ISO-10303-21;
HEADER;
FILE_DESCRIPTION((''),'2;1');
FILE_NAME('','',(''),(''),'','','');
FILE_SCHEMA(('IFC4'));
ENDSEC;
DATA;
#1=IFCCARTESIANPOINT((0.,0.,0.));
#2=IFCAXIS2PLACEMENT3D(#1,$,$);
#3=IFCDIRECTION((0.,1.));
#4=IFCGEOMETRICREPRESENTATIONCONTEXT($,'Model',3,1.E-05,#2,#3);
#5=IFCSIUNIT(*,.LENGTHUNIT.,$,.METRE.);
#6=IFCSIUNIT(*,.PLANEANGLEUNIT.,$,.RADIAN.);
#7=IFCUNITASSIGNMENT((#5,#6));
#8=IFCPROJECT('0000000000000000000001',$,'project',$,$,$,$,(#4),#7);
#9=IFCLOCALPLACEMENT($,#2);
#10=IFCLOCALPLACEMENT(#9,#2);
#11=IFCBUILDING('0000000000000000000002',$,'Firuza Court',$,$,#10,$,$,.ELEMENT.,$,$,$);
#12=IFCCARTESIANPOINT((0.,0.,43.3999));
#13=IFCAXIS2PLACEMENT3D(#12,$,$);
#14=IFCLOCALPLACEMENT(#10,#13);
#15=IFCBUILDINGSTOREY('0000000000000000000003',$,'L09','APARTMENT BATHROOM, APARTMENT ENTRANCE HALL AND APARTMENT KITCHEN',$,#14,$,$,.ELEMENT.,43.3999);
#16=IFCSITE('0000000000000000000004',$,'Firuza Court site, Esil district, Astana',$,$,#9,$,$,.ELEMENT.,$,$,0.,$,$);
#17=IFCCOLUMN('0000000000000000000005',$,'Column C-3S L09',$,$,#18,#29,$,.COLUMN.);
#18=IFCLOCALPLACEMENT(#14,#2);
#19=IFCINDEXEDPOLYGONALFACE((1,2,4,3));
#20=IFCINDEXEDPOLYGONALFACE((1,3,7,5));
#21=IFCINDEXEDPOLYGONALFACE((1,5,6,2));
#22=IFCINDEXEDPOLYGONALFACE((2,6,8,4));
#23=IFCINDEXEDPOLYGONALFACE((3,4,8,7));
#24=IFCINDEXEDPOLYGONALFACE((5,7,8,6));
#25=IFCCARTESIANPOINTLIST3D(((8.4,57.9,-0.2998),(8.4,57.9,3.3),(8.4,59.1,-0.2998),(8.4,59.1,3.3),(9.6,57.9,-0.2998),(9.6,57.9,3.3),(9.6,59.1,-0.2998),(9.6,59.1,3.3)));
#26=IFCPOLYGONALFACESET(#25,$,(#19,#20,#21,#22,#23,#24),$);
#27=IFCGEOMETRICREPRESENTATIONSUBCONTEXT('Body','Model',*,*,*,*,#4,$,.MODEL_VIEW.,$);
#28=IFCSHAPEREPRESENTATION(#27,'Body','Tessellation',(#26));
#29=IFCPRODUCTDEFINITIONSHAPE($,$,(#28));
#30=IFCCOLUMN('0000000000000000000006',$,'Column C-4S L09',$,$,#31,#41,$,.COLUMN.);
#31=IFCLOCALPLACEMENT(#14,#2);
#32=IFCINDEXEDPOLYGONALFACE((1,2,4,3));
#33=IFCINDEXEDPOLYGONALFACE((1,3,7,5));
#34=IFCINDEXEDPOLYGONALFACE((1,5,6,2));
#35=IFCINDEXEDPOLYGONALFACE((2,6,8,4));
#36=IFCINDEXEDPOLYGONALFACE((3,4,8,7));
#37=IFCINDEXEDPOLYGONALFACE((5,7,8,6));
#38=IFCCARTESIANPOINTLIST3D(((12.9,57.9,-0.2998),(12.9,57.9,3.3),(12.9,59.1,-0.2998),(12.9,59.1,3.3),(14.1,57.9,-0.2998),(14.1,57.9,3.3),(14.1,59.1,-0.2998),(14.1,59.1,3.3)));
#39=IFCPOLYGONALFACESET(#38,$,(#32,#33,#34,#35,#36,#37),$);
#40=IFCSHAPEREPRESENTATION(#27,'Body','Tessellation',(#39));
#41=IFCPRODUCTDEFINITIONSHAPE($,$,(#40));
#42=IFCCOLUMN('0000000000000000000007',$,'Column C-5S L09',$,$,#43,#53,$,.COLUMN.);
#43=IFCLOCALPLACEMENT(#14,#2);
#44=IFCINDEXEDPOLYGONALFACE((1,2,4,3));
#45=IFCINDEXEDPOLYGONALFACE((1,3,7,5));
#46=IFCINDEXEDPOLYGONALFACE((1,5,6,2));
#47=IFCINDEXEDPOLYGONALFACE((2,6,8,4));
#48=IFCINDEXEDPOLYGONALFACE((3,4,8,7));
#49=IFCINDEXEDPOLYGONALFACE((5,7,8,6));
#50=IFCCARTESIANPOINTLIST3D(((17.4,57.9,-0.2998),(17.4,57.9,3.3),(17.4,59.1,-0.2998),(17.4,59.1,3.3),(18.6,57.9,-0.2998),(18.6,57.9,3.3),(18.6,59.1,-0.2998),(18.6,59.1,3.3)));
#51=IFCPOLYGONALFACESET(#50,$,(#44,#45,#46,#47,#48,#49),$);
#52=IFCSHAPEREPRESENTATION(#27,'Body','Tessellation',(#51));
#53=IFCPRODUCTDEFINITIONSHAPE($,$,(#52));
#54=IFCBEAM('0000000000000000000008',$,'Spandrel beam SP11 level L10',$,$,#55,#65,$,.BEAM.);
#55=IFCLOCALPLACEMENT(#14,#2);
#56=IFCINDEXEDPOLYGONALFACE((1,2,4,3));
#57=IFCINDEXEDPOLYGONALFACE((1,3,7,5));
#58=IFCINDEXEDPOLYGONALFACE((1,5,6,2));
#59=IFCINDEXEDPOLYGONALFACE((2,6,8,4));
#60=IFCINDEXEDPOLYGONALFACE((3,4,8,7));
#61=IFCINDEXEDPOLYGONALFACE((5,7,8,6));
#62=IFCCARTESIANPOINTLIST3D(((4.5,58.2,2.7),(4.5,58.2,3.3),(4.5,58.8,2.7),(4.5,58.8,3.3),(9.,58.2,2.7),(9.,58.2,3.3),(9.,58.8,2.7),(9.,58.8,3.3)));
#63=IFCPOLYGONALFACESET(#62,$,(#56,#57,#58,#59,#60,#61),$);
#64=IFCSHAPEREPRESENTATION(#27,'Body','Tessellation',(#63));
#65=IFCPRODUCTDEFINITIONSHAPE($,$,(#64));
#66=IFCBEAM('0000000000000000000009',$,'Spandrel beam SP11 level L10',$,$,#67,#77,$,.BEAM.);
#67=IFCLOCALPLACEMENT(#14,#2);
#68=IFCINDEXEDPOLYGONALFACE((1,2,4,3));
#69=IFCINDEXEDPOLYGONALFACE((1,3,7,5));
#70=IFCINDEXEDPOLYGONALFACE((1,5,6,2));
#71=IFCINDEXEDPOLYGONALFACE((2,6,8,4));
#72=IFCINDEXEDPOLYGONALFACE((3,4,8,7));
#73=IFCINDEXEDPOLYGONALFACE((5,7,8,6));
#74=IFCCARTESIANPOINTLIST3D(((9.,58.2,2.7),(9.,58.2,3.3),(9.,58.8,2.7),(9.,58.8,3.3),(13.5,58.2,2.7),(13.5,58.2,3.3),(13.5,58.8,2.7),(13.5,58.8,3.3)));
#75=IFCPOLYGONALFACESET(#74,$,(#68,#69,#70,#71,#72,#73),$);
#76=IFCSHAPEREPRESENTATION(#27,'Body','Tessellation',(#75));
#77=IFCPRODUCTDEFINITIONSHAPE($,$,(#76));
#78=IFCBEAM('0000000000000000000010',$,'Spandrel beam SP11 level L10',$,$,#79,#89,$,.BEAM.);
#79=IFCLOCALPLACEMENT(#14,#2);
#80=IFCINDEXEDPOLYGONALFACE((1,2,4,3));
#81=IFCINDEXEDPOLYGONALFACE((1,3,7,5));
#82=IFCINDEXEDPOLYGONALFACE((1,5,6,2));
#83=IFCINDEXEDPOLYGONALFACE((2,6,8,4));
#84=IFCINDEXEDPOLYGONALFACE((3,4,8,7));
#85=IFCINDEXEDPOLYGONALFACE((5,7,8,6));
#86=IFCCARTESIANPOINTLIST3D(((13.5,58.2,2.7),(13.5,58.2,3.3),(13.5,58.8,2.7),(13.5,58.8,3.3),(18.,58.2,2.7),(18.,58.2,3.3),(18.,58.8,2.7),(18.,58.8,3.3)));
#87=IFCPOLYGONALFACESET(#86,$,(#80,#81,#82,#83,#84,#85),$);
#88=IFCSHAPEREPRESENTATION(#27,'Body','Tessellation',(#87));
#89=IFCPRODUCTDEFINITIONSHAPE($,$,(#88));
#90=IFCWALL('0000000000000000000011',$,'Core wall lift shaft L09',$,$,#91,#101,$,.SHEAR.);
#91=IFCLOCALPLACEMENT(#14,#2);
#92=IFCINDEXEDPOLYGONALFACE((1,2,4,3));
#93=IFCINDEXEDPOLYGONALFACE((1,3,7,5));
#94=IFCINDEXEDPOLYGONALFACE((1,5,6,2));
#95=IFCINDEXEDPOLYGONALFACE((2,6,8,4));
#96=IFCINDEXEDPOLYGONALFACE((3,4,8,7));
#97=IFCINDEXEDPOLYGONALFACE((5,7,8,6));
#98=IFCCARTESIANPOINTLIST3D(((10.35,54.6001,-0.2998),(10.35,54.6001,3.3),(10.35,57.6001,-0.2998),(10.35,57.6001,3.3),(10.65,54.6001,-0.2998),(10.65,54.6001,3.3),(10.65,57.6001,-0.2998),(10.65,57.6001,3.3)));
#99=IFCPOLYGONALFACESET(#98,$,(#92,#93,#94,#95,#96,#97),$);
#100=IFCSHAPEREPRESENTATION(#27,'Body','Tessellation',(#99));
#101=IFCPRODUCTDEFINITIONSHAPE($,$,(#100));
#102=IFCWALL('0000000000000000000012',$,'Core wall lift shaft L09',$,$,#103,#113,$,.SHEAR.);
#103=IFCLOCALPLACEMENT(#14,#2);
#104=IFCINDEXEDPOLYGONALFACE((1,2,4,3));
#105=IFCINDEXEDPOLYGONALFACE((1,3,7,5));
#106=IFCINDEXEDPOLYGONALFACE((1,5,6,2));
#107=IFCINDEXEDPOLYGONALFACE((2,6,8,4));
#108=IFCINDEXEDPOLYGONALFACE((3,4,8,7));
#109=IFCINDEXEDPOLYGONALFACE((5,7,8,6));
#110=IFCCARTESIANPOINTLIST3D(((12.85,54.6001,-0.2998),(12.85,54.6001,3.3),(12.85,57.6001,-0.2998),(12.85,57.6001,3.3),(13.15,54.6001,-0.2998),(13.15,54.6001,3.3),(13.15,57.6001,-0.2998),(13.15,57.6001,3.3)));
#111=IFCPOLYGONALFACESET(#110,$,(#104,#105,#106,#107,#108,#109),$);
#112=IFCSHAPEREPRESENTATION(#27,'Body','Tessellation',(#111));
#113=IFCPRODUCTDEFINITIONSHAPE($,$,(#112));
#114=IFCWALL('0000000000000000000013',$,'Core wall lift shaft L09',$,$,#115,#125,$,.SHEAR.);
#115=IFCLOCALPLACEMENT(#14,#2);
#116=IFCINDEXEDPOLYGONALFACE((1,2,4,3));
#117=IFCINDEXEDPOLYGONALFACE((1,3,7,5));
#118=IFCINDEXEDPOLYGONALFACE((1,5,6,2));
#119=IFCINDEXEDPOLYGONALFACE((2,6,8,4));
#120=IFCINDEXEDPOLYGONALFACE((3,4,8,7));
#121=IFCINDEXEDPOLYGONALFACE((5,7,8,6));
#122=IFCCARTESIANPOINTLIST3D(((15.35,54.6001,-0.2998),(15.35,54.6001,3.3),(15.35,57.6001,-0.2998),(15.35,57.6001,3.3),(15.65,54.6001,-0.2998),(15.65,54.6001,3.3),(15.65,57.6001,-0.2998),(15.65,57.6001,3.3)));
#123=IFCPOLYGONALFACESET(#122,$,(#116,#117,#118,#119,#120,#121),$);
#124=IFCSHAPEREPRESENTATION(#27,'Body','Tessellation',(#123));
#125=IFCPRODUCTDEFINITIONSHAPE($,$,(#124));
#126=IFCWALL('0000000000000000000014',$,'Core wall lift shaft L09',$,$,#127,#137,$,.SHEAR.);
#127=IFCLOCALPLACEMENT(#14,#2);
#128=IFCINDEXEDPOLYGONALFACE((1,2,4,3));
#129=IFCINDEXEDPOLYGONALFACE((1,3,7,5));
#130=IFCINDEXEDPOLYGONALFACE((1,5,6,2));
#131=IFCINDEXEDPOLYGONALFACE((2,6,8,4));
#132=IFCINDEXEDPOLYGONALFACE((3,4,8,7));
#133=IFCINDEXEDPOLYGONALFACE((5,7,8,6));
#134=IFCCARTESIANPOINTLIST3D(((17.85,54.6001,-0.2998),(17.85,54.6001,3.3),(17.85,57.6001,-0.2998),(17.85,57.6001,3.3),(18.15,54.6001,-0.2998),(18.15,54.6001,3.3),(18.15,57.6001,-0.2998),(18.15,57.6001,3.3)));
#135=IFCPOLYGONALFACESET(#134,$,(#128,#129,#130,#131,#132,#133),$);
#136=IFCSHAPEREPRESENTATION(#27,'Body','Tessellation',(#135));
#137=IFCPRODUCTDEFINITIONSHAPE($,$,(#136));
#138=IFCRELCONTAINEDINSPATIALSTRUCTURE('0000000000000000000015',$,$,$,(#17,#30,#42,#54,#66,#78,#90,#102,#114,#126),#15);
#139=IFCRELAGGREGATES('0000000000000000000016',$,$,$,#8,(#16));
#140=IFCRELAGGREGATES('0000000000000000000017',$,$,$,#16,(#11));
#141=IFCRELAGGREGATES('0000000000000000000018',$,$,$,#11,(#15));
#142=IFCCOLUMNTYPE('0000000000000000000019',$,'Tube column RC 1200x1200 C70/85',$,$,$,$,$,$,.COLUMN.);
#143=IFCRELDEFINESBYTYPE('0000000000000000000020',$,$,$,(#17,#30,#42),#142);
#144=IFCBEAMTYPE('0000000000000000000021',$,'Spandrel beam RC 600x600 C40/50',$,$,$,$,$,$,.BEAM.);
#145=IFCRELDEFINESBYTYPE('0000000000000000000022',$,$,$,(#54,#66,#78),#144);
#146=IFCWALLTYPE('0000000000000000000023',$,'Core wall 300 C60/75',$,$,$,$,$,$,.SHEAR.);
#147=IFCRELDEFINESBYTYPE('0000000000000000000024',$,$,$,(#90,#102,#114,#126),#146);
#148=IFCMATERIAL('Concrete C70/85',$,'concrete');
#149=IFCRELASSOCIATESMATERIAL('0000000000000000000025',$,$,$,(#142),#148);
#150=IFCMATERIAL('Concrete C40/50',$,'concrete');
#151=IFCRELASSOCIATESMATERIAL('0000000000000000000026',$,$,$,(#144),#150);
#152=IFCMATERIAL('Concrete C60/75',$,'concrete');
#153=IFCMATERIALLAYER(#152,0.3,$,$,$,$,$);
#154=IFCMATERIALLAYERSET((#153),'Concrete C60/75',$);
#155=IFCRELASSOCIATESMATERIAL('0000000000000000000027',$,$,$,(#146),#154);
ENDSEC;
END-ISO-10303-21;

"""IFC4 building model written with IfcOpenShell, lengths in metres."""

from ifc_helpers import new_model, si_unit, direction, frame, frame_2d, origin, origin_2d, place, context, subcontext, project, spatial, rectangle, extrude, material, layer, layer_set, material_profile, profile_set, type_object, element, save


model = new_model("IFC4")

# Units and contexts
model_context = context("Model", 3, precision=1e-05, world=origin(), true_north=direction((0.0, 1.0)))
body_context = subcontext(model_context, "Body", "Model", "MODEL_VIEW")
ifc_project = project(units=[si_unit("LENGTHUNIT", "METRE"), si_unit("PLANEANGLEUNIT", "RADIAN")], contexts=[model_context])

# Site, building, storey
site_placement = place(None, origin())
site = spatial("IfcSite", under=ifc_project, at=site_placement, Name="Firuza Court site, Esil district, Astana", CompositionType="ELEMENT", RefElevation=0.0)
building_placement = place(site_placement, origin())
building = spatial("IfcBuilding", under=site, at=building_placement, Name="Firuza Court", CompositionType="ELEMENT")
storey_placement = place(building_placement, frame((0.0, 0.0, 43.3999)))
storey = spatial("IfcBuildingStorey", under=building, at=storey_placement, Name="L09", Description="APARTMENT BATHROOM, APARTMENT ENTRANCE HALL AND APARTMENT KITCHEN", CompositionType="ELEMENT", Elevation=43.3999)

# Columns
ifc_material_1 = material(Name="Concrete C70/85", Category="concrete")
ifc_material_profile_1 = material_profile(ifc_material_1, rectangle(XDim=1.2, YDim=1.2, at=origin_2d()), Name="RC 1200x1200")
ifc_profile_set_1 = profile_set([ifc_material_profile_1], Name="Concrete C70/85")
column_type = type_object("IfcColumnType", Name="Tube column RC 1200x1200 C70/85", PredefinedType="COLUMN", material=ifc_profile_set_1)
for number, where, z_axis, x_axis, name in (
    (1, (9.0, 58.5, -0.2998), (0.0, 0.0, 1.0), (1.0, 0.0, 0.0), "Column C-3S L09"),
    (2, (13.5, 58.5, -0.2998), (0.0, 0.0, 1.0), (1.0, 0.0, 0.0), "Column C-4S L09"),
    (3, (18.0, 58.5, -0.2998), (0.0, 0.0, 1.0), (1.0, 0.0, 0.0), "Column C-5S L09"),
):
    element("IfcColumn", number, at=place(storey_placement, frame(where, z_axis=z_axis, x_axis=x_axis)), inside=storey, type_object=column_type, Name=name, PredefinedType="COLUMN", context=body_context, shape_type="SweptSolid", body=[
        extrude(rectangle(XDim=1.2, YDim=1.2, at=origin_2d()), origin(), (0.0, 0.0, 1.0), 3.5999),
    ])

# Beams
ifc_material_2 = material(Name="Concrete C40/50", Category="concrete")
ifc_material_profile_2 = material_profile(ifc_material_2, rectangle(XDim=0.6001, YDim=0.6001, at=origin_2d()), Name="RC 600x600")
ifc_profile_set_2 = profile_set([ifc_material_profile_2], Name="Concrete C40/50")
beam_type = type_object("IfcBeamType", Name="Spandrel beam RC 600x600 C40/50", PredefinedType="BEAM", material=ifc_profile_set_2)
for number, where, z_axis, x_axis, name in (
    (4, (9.0, 58.5, 3.0), (-1.0, 0.0, 0.0), (0.0, -1.0, 0.0), "Spandrel beam SP11 level L10"),
    (5, (13.5, 58.5, 3.0), (-1.0, 0.0, 0.0), (0.0, -1.0, 0.0), "Spandrel beam SP11 level L10"),
    (6, (18.0, 58.5, 3.0), (-1.0, 0.0, 0.0), (0.0, -1.0, 0.0), "Spandrel beam SP11 level L10"),
):
    element("IfcBeam", number, at=place(storey_placement, frame(where, z_axis=z_axis, x_axis=x_axis)), inside=storey, type_object=beam_type, Name=name, PredefinedType="BEAM", context=body_context, shape_type="SweptSolid", body=[
        extrude(rectangle(XDim=0.6001, YDim=0.6001, at=origin_2d()), origin(), (0.0, 0.0, 1.0), 4.5),
    ])

# Walls
ifc_material_3 = material(Name="Concrete C60/75", Category="concrete")
ifc_layer_1 = layer(ifc_material_3, 0.3)
ifc_layer_set_1 = layer_set([ifc_layer_1], Name="Concrete C60/75")
wall_type_1 = type_object("IfcWallType", Name="Core wall 300 C60/75", PredefinedType="SHEAR", material=ifc_layer_set_1)
for number, where, z_axis, x_axis, name in (
    (7, (10.5, 54.6001, -0.2998), (0.0, 0.0, 1.0), (0.0, 1.0, 0.0), "Core wall lift shaft L09"),
    (8, (13.0, 54.6001, -0.2998), (0.0, 0.0, 1.0), (0.0, 1.0, 0.0), "Core wall lift shaft L09"),
    (9, (15.5, 54.6001, -0.2998), (0.0, 0.0, 1.0), (0.0, 1.0, 0.0), "Core wall lift shaft L09"),
    (10, (18.0, 54.6001, -0.2998), (0.0, 0.0, 1.0), (0.0, 1.0, 0.0), "Core wall lift shaft L09"),
):
    element("IfcWall", number, at=place(storey_placement, frame(where, z_axis=z_axis, x_axis=x_axis)), inside=storey, type_object=wall_type_1, Name=name, PredefinedType="SHEAR", context=body_context, shape_type="SweptSolid", body=[
        extrude(rectangle(XDim=3.0, YDim=0.3, at=frame_2d((1.5, 0.0))), origin(), (0.0, 0.0, 1.0), 3.5999),
    ])

save(model, "model.ifc")
